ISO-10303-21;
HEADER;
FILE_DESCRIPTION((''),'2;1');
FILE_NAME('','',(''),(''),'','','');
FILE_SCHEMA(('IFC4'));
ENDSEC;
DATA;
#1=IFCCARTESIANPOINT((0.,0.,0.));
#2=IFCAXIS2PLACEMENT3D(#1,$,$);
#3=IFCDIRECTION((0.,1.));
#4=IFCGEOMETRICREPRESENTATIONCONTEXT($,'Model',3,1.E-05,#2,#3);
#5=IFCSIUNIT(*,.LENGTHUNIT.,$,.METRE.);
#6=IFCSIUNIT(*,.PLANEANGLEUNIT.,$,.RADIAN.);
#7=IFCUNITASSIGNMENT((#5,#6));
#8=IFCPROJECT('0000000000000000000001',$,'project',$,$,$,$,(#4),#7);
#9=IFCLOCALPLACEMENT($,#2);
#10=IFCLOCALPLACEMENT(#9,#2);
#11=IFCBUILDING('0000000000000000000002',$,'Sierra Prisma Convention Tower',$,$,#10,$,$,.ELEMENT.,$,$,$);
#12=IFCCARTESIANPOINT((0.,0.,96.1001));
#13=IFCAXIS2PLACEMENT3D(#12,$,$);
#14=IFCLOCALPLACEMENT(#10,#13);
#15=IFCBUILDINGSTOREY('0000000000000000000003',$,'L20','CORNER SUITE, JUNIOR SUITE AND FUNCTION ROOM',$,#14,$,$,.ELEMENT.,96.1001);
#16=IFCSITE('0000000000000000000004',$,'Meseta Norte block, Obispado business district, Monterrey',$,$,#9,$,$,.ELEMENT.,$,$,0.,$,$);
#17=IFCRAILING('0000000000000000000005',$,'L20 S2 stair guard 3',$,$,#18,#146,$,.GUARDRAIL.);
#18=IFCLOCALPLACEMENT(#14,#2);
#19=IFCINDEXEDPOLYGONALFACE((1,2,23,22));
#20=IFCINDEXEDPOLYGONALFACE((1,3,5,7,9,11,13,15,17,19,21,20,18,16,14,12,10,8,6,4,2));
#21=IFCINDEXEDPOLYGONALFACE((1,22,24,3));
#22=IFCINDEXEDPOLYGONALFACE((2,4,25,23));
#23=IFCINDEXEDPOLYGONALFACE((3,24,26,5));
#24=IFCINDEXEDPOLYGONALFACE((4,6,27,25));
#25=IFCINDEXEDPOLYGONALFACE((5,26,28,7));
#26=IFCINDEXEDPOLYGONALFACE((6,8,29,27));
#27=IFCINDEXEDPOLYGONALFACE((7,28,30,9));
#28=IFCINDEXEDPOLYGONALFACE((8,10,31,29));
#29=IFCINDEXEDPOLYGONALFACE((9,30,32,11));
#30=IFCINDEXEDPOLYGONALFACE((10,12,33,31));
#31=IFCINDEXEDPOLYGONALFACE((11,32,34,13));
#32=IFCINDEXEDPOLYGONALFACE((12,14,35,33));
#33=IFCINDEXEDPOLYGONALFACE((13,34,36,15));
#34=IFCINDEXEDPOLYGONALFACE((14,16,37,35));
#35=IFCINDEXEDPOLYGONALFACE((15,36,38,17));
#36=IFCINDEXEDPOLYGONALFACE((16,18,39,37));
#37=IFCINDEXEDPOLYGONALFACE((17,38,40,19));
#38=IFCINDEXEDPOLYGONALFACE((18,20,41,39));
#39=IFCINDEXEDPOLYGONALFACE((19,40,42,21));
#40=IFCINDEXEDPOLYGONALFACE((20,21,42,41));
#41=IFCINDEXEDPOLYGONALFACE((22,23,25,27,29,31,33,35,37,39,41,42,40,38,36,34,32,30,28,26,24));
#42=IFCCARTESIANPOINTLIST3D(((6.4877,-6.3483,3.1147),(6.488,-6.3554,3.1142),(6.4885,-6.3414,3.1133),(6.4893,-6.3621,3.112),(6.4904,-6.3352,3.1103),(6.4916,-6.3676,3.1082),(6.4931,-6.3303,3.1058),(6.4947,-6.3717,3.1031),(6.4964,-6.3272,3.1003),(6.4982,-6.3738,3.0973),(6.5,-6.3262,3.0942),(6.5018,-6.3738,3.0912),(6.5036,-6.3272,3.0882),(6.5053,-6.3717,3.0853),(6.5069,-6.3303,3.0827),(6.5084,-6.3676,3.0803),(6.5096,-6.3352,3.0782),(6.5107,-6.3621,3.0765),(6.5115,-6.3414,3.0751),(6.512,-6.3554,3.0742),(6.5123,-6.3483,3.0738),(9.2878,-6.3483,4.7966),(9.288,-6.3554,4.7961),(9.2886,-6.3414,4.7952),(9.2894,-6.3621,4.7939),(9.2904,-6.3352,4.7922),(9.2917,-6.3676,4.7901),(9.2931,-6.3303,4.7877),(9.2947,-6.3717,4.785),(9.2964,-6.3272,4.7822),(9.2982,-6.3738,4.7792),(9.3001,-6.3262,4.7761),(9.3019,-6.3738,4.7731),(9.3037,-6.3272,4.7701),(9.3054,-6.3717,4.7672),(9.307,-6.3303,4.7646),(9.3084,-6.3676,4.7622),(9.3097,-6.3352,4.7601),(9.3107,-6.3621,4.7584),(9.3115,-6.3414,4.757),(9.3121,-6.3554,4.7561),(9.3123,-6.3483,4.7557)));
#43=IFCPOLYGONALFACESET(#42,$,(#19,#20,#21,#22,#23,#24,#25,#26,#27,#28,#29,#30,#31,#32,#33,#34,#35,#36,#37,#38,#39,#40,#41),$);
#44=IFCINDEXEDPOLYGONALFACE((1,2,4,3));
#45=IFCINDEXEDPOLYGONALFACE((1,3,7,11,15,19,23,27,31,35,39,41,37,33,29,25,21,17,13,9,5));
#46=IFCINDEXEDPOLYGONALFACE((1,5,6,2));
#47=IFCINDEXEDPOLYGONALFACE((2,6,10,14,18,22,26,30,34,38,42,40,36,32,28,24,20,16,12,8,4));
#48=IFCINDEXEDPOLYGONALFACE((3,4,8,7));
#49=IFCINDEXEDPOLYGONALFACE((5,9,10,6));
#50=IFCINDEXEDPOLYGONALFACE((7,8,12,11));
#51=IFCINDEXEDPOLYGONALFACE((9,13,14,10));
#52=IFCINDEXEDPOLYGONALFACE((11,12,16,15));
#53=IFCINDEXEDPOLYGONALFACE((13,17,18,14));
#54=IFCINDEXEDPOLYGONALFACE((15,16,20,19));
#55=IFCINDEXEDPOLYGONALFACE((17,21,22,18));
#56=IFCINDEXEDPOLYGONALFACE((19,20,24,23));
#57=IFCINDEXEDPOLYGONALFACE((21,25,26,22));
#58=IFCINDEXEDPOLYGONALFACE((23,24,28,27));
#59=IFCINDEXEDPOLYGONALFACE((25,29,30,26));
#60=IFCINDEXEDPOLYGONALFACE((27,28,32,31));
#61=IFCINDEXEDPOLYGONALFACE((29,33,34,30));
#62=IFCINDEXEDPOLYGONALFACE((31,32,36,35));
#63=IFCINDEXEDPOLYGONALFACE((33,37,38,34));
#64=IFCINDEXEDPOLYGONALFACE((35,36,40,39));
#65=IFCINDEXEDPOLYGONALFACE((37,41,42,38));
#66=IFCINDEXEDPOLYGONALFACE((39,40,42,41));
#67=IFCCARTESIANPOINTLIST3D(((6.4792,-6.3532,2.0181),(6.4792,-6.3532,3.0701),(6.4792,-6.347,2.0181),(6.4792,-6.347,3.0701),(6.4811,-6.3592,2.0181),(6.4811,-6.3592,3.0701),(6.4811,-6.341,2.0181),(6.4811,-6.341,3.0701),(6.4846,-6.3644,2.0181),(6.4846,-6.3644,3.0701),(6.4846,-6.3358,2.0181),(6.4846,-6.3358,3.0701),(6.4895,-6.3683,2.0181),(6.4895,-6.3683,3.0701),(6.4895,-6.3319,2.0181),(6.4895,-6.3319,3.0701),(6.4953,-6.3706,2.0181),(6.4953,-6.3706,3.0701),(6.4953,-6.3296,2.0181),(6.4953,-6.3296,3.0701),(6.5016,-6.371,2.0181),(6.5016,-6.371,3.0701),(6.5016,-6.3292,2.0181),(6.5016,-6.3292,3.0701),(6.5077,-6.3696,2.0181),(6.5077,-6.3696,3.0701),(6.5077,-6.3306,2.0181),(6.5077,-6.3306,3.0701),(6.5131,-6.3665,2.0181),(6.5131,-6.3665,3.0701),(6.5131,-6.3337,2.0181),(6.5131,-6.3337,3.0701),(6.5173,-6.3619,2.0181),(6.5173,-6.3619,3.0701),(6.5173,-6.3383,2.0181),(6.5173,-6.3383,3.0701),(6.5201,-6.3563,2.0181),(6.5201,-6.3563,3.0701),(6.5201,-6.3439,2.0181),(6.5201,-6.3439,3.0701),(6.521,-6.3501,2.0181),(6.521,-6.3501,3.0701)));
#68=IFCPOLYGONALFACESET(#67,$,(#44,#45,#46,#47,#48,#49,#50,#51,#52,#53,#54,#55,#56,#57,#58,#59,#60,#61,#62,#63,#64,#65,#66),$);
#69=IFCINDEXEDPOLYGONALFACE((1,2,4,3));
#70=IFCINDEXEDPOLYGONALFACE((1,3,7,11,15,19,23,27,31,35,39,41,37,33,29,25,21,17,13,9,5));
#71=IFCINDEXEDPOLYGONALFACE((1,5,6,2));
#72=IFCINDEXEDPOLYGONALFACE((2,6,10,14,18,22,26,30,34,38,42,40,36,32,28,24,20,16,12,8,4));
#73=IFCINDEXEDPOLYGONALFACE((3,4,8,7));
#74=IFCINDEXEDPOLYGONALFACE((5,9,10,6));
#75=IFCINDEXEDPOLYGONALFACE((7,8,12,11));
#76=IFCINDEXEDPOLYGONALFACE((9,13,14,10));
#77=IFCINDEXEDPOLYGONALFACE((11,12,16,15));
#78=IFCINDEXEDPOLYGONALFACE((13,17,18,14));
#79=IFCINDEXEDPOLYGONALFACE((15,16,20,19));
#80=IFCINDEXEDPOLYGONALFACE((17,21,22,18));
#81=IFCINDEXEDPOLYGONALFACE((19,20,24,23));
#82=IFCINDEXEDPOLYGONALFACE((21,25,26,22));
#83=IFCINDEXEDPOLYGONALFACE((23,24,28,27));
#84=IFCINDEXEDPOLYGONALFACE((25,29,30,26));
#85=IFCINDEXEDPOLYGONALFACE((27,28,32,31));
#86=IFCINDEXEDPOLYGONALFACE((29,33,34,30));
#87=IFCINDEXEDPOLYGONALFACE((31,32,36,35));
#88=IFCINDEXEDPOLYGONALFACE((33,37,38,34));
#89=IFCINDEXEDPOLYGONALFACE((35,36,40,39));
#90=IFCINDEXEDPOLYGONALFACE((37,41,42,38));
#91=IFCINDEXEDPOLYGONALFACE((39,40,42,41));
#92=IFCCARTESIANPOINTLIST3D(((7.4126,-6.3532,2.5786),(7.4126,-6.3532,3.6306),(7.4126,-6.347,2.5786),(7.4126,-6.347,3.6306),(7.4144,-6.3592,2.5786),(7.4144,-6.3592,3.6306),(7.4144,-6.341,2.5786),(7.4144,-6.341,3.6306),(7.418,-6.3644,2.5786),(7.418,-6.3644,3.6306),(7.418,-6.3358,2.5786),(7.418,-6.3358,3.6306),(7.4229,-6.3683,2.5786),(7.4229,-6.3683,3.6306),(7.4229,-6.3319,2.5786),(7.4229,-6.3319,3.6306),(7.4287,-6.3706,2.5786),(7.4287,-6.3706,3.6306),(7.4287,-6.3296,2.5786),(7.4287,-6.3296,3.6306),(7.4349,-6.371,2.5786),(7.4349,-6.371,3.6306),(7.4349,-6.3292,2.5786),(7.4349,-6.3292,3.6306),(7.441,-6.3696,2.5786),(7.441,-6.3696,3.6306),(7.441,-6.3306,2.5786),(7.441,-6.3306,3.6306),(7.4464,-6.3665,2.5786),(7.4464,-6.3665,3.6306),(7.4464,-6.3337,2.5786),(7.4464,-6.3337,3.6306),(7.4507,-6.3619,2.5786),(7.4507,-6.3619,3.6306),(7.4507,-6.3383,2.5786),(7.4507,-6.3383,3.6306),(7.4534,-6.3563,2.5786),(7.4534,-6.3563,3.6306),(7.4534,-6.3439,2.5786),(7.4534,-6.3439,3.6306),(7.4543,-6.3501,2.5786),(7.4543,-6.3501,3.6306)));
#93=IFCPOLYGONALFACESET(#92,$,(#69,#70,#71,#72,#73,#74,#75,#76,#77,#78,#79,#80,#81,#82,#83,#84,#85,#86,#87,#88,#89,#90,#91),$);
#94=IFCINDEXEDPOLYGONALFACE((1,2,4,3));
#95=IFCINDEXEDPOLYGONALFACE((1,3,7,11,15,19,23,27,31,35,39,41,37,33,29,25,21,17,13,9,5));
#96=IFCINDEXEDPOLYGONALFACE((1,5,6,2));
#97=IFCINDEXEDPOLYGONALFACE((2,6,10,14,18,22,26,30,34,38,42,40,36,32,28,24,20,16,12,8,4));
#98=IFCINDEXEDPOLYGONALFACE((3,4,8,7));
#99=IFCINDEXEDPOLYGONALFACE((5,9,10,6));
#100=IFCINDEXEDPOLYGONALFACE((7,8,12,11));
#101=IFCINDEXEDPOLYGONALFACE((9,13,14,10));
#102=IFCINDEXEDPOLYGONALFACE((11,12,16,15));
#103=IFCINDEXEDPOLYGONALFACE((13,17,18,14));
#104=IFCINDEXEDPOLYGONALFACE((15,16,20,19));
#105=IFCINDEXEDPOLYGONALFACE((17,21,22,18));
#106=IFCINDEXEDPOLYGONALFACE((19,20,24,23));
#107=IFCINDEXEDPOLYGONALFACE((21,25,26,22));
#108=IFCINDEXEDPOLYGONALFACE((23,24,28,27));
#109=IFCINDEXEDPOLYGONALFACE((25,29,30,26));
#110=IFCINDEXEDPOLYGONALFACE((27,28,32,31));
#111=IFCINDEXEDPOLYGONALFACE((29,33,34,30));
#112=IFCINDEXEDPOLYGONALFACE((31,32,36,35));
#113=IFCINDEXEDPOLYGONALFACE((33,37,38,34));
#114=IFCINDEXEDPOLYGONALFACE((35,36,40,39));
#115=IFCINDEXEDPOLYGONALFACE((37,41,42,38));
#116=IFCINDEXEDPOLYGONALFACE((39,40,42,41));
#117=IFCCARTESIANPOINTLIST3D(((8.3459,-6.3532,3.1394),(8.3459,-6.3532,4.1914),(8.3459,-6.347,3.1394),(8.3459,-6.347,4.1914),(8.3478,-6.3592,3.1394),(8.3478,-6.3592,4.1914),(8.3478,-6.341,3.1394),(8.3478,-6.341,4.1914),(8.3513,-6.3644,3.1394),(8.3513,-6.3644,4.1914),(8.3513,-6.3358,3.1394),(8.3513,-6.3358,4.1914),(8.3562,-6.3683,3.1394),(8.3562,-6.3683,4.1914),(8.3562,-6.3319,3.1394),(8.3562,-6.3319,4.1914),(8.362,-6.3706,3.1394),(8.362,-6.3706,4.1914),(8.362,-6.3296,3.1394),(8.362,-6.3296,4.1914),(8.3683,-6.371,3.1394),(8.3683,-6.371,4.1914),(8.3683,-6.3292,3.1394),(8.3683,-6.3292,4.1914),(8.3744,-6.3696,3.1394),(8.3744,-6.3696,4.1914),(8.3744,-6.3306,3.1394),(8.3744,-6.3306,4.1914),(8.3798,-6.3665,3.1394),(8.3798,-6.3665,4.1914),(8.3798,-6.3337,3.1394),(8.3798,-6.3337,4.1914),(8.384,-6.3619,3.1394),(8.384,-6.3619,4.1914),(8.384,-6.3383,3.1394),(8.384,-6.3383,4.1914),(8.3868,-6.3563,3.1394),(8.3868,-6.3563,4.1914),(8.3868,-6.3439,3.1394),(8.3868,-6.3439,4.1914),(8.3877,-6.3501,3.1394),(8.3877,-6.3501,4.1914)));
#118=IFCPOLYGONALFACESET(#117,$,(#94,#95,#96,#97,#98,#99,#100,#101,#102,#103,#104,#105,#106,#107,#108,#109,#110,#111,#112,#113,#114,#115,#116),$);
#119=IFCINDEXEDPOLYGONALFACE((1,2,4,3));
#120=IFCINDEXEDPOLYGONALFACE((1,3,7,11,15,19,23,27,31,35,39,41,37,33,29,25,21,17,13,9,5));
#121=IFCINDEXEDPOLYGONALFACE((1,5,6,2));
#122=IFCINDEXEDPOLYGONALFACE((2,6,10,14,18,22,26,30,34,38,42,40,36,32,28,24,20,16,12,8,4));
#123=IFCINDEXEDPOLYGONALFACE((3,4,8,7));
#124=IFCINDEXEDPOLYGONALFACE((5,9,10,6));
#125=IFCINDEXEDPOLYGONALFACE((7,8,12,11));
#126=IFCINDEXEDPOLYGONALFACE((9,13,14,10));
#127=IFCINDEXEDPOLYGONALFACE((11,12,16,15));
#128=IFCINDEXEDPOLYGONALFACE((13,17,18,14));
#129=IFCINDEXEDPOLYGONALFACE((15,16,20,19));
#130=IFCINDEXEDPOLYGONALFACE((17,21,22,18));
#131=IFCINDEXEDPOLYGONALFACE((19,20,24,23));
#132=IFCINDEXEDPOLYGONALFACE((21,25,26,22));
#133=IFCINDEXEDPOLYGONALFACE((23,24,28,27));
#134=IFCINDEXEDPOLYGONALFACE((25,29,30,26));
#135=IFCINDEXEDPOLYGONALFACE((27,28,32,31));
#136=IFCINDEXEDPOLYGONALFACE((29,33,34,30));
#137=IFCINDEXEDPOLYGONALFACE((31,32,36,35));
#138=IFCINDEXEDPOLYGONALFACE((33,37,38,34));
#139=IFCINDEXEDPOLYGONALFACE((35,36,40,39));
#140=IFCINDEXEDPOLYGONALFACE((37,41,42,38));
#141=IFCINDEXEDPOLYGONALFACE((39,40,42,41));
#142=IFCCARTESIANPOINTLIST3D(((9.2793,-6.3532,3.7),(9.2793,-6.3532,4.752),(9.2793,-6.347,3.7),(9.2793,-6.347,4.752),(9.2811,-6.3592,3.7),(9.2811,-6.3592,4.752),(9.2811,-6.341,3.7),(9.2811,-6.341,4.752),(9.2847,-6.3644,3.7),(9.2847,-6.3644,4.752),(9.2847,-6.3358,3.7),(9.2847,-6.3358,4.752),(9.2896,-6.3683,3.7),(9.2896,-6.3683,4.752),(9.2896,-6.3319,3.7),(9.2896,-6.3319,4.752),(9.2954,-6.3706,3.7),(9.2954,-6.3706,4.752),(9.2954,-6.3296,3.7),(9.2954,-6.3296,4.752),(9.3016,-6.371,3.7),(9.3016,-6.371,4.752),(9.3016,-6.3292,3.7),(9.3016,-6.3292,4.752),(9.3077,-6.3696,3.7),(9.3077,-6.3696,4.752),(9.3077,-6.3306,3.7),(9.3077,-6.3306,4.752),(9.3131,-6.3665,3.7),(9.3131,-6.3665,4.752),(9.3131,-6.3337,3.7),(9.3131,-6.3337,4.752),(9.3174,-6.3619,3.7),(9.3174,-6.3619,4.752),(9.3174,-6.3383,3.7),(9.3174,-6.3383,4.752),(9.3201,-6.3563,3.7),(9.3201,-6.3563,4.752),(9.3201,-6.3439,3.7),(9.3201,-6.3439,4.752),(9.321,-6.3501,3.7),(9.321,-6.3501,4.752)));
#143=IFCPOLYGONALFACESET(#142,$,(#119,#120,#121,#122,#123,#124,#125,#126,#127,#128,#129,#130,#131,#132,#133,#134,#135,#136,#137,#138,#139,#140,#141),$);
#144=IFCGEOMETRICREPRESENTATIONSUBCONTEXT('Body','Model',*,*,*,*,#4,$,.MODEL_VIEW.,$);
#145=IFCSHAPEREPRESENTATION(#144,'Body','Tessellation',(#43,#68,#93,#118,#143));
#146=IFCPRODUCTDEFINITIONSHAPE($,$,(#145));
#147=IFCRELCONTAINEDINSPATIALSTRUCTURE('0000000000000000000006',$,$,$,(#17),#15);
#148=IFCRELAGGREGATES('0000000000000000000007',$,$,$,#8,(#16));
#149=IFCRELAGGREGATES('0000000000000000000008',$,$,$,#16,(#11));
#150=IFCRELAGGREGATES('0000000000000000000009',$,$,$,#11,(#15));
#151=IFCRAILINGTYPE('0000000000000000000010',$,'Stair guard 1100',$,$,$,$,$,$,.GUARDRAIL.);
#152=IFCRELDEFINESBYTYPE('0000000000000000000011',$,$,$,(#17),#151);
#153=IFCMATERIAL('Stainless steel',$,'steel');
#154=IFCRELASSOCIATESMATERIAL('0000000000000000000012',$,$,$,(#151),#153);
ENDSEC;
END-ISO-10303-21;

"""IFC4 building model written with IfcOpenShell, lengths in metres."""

from ifc_helpers import new_model, si_unit, direction, frame, origin, origin_2d, place, context, subcontext, project, spatial, circle, extrude, material, type_object, element, save


model = new_model("IFC4")

# Units and contexts
model_context = context("Model", 3, precision=1e-05, world=origin(), true_north=direction((0.0, 1.0)))
body_context = subcontext(model_context, "Body", "Model", "MODEL_VIEW")
ifc_project = project(units=[si_unit("LENGTHUNIT", "METRE"), si_unit("PLANEANGLEUNIT", "RADIAN")], contexts=[model_context])

# Site, building, storey
site_placement = place(None, origin())
site = spatial("IfcSite", under=ifc_project, at=site_placement, Name="Meseta Norte block, Obispado business district, Monterrey", CompositionType="ELEMENT", RefElevation=0.0)
building_placement = place(site_placement, origin())
building = spatial("IfcBuilding", under=site, at=building_placement, Name="Sierra Prisma Convention Tower", CompositionType="ELEMENT")
storey_placement = place(building_placement, frame((0.0, 0.0, 96.1001)))
storey = spatial("IfcBuildingStorey", under=building, at=storey_placement, Name="L20", Description="CORNER SUITE, JUNIOR SUITE AND FUNCTION ROOM", CompositionType="ELEMENT", Elevation=96.1001)

# Railing
ifc_material_1 = material(Name="Stainless steel", Category="steel")
railing_type_1 = type_object("IfcRailingType", Name="Stair guard 1100", PredefinedType="GUARDRAIL", material=ifc_material_1)
railing_1_placement = place(storey_placement, frame((6.5, -6.3501, 2.0181)))
element("IfcRailing", 1, at=railing_1_placement, inside=storey, type_object=railing_type_1, Name="L20 S2 stair guard 3", PredefinedType="GUARDRAIL", context=body_context, shape_type="SweptSolid", body=[
    extrude(circle(Radius=0.0239, at=origin_2d()), frame((0.0, 0.0, 1.0762), z_axis=(0.857242, 0.0, 0.514913), x_axis=(0.0, 1.0, 0.0)), (0.0, 0.0, 1.0), 3.2664),
    extrude(circle(Radius=0.021, at=origin_2d()), origin(), (0.0, 0.0, 1.0), 1.052),
    extrude(circle(Radius=0.021, at=origin_2d()), frame((0.9333, 0.0, 0.5605)), (0.0, 0.0, 1.0), 1.052),
    extrude(circle(Radius=0.021, at=origin_2d()), frame((1.8667, 0.0, 1.1213)), (0.0, 0.0, 1.0), 1.052),
    extrude(circle(Radius=0.021, at=origin_2d()), frame((2.8, 0.0, 1.6819)), (0.0, 0.0, 1.0), 1.052),
])

save(model, "model.ifc")
